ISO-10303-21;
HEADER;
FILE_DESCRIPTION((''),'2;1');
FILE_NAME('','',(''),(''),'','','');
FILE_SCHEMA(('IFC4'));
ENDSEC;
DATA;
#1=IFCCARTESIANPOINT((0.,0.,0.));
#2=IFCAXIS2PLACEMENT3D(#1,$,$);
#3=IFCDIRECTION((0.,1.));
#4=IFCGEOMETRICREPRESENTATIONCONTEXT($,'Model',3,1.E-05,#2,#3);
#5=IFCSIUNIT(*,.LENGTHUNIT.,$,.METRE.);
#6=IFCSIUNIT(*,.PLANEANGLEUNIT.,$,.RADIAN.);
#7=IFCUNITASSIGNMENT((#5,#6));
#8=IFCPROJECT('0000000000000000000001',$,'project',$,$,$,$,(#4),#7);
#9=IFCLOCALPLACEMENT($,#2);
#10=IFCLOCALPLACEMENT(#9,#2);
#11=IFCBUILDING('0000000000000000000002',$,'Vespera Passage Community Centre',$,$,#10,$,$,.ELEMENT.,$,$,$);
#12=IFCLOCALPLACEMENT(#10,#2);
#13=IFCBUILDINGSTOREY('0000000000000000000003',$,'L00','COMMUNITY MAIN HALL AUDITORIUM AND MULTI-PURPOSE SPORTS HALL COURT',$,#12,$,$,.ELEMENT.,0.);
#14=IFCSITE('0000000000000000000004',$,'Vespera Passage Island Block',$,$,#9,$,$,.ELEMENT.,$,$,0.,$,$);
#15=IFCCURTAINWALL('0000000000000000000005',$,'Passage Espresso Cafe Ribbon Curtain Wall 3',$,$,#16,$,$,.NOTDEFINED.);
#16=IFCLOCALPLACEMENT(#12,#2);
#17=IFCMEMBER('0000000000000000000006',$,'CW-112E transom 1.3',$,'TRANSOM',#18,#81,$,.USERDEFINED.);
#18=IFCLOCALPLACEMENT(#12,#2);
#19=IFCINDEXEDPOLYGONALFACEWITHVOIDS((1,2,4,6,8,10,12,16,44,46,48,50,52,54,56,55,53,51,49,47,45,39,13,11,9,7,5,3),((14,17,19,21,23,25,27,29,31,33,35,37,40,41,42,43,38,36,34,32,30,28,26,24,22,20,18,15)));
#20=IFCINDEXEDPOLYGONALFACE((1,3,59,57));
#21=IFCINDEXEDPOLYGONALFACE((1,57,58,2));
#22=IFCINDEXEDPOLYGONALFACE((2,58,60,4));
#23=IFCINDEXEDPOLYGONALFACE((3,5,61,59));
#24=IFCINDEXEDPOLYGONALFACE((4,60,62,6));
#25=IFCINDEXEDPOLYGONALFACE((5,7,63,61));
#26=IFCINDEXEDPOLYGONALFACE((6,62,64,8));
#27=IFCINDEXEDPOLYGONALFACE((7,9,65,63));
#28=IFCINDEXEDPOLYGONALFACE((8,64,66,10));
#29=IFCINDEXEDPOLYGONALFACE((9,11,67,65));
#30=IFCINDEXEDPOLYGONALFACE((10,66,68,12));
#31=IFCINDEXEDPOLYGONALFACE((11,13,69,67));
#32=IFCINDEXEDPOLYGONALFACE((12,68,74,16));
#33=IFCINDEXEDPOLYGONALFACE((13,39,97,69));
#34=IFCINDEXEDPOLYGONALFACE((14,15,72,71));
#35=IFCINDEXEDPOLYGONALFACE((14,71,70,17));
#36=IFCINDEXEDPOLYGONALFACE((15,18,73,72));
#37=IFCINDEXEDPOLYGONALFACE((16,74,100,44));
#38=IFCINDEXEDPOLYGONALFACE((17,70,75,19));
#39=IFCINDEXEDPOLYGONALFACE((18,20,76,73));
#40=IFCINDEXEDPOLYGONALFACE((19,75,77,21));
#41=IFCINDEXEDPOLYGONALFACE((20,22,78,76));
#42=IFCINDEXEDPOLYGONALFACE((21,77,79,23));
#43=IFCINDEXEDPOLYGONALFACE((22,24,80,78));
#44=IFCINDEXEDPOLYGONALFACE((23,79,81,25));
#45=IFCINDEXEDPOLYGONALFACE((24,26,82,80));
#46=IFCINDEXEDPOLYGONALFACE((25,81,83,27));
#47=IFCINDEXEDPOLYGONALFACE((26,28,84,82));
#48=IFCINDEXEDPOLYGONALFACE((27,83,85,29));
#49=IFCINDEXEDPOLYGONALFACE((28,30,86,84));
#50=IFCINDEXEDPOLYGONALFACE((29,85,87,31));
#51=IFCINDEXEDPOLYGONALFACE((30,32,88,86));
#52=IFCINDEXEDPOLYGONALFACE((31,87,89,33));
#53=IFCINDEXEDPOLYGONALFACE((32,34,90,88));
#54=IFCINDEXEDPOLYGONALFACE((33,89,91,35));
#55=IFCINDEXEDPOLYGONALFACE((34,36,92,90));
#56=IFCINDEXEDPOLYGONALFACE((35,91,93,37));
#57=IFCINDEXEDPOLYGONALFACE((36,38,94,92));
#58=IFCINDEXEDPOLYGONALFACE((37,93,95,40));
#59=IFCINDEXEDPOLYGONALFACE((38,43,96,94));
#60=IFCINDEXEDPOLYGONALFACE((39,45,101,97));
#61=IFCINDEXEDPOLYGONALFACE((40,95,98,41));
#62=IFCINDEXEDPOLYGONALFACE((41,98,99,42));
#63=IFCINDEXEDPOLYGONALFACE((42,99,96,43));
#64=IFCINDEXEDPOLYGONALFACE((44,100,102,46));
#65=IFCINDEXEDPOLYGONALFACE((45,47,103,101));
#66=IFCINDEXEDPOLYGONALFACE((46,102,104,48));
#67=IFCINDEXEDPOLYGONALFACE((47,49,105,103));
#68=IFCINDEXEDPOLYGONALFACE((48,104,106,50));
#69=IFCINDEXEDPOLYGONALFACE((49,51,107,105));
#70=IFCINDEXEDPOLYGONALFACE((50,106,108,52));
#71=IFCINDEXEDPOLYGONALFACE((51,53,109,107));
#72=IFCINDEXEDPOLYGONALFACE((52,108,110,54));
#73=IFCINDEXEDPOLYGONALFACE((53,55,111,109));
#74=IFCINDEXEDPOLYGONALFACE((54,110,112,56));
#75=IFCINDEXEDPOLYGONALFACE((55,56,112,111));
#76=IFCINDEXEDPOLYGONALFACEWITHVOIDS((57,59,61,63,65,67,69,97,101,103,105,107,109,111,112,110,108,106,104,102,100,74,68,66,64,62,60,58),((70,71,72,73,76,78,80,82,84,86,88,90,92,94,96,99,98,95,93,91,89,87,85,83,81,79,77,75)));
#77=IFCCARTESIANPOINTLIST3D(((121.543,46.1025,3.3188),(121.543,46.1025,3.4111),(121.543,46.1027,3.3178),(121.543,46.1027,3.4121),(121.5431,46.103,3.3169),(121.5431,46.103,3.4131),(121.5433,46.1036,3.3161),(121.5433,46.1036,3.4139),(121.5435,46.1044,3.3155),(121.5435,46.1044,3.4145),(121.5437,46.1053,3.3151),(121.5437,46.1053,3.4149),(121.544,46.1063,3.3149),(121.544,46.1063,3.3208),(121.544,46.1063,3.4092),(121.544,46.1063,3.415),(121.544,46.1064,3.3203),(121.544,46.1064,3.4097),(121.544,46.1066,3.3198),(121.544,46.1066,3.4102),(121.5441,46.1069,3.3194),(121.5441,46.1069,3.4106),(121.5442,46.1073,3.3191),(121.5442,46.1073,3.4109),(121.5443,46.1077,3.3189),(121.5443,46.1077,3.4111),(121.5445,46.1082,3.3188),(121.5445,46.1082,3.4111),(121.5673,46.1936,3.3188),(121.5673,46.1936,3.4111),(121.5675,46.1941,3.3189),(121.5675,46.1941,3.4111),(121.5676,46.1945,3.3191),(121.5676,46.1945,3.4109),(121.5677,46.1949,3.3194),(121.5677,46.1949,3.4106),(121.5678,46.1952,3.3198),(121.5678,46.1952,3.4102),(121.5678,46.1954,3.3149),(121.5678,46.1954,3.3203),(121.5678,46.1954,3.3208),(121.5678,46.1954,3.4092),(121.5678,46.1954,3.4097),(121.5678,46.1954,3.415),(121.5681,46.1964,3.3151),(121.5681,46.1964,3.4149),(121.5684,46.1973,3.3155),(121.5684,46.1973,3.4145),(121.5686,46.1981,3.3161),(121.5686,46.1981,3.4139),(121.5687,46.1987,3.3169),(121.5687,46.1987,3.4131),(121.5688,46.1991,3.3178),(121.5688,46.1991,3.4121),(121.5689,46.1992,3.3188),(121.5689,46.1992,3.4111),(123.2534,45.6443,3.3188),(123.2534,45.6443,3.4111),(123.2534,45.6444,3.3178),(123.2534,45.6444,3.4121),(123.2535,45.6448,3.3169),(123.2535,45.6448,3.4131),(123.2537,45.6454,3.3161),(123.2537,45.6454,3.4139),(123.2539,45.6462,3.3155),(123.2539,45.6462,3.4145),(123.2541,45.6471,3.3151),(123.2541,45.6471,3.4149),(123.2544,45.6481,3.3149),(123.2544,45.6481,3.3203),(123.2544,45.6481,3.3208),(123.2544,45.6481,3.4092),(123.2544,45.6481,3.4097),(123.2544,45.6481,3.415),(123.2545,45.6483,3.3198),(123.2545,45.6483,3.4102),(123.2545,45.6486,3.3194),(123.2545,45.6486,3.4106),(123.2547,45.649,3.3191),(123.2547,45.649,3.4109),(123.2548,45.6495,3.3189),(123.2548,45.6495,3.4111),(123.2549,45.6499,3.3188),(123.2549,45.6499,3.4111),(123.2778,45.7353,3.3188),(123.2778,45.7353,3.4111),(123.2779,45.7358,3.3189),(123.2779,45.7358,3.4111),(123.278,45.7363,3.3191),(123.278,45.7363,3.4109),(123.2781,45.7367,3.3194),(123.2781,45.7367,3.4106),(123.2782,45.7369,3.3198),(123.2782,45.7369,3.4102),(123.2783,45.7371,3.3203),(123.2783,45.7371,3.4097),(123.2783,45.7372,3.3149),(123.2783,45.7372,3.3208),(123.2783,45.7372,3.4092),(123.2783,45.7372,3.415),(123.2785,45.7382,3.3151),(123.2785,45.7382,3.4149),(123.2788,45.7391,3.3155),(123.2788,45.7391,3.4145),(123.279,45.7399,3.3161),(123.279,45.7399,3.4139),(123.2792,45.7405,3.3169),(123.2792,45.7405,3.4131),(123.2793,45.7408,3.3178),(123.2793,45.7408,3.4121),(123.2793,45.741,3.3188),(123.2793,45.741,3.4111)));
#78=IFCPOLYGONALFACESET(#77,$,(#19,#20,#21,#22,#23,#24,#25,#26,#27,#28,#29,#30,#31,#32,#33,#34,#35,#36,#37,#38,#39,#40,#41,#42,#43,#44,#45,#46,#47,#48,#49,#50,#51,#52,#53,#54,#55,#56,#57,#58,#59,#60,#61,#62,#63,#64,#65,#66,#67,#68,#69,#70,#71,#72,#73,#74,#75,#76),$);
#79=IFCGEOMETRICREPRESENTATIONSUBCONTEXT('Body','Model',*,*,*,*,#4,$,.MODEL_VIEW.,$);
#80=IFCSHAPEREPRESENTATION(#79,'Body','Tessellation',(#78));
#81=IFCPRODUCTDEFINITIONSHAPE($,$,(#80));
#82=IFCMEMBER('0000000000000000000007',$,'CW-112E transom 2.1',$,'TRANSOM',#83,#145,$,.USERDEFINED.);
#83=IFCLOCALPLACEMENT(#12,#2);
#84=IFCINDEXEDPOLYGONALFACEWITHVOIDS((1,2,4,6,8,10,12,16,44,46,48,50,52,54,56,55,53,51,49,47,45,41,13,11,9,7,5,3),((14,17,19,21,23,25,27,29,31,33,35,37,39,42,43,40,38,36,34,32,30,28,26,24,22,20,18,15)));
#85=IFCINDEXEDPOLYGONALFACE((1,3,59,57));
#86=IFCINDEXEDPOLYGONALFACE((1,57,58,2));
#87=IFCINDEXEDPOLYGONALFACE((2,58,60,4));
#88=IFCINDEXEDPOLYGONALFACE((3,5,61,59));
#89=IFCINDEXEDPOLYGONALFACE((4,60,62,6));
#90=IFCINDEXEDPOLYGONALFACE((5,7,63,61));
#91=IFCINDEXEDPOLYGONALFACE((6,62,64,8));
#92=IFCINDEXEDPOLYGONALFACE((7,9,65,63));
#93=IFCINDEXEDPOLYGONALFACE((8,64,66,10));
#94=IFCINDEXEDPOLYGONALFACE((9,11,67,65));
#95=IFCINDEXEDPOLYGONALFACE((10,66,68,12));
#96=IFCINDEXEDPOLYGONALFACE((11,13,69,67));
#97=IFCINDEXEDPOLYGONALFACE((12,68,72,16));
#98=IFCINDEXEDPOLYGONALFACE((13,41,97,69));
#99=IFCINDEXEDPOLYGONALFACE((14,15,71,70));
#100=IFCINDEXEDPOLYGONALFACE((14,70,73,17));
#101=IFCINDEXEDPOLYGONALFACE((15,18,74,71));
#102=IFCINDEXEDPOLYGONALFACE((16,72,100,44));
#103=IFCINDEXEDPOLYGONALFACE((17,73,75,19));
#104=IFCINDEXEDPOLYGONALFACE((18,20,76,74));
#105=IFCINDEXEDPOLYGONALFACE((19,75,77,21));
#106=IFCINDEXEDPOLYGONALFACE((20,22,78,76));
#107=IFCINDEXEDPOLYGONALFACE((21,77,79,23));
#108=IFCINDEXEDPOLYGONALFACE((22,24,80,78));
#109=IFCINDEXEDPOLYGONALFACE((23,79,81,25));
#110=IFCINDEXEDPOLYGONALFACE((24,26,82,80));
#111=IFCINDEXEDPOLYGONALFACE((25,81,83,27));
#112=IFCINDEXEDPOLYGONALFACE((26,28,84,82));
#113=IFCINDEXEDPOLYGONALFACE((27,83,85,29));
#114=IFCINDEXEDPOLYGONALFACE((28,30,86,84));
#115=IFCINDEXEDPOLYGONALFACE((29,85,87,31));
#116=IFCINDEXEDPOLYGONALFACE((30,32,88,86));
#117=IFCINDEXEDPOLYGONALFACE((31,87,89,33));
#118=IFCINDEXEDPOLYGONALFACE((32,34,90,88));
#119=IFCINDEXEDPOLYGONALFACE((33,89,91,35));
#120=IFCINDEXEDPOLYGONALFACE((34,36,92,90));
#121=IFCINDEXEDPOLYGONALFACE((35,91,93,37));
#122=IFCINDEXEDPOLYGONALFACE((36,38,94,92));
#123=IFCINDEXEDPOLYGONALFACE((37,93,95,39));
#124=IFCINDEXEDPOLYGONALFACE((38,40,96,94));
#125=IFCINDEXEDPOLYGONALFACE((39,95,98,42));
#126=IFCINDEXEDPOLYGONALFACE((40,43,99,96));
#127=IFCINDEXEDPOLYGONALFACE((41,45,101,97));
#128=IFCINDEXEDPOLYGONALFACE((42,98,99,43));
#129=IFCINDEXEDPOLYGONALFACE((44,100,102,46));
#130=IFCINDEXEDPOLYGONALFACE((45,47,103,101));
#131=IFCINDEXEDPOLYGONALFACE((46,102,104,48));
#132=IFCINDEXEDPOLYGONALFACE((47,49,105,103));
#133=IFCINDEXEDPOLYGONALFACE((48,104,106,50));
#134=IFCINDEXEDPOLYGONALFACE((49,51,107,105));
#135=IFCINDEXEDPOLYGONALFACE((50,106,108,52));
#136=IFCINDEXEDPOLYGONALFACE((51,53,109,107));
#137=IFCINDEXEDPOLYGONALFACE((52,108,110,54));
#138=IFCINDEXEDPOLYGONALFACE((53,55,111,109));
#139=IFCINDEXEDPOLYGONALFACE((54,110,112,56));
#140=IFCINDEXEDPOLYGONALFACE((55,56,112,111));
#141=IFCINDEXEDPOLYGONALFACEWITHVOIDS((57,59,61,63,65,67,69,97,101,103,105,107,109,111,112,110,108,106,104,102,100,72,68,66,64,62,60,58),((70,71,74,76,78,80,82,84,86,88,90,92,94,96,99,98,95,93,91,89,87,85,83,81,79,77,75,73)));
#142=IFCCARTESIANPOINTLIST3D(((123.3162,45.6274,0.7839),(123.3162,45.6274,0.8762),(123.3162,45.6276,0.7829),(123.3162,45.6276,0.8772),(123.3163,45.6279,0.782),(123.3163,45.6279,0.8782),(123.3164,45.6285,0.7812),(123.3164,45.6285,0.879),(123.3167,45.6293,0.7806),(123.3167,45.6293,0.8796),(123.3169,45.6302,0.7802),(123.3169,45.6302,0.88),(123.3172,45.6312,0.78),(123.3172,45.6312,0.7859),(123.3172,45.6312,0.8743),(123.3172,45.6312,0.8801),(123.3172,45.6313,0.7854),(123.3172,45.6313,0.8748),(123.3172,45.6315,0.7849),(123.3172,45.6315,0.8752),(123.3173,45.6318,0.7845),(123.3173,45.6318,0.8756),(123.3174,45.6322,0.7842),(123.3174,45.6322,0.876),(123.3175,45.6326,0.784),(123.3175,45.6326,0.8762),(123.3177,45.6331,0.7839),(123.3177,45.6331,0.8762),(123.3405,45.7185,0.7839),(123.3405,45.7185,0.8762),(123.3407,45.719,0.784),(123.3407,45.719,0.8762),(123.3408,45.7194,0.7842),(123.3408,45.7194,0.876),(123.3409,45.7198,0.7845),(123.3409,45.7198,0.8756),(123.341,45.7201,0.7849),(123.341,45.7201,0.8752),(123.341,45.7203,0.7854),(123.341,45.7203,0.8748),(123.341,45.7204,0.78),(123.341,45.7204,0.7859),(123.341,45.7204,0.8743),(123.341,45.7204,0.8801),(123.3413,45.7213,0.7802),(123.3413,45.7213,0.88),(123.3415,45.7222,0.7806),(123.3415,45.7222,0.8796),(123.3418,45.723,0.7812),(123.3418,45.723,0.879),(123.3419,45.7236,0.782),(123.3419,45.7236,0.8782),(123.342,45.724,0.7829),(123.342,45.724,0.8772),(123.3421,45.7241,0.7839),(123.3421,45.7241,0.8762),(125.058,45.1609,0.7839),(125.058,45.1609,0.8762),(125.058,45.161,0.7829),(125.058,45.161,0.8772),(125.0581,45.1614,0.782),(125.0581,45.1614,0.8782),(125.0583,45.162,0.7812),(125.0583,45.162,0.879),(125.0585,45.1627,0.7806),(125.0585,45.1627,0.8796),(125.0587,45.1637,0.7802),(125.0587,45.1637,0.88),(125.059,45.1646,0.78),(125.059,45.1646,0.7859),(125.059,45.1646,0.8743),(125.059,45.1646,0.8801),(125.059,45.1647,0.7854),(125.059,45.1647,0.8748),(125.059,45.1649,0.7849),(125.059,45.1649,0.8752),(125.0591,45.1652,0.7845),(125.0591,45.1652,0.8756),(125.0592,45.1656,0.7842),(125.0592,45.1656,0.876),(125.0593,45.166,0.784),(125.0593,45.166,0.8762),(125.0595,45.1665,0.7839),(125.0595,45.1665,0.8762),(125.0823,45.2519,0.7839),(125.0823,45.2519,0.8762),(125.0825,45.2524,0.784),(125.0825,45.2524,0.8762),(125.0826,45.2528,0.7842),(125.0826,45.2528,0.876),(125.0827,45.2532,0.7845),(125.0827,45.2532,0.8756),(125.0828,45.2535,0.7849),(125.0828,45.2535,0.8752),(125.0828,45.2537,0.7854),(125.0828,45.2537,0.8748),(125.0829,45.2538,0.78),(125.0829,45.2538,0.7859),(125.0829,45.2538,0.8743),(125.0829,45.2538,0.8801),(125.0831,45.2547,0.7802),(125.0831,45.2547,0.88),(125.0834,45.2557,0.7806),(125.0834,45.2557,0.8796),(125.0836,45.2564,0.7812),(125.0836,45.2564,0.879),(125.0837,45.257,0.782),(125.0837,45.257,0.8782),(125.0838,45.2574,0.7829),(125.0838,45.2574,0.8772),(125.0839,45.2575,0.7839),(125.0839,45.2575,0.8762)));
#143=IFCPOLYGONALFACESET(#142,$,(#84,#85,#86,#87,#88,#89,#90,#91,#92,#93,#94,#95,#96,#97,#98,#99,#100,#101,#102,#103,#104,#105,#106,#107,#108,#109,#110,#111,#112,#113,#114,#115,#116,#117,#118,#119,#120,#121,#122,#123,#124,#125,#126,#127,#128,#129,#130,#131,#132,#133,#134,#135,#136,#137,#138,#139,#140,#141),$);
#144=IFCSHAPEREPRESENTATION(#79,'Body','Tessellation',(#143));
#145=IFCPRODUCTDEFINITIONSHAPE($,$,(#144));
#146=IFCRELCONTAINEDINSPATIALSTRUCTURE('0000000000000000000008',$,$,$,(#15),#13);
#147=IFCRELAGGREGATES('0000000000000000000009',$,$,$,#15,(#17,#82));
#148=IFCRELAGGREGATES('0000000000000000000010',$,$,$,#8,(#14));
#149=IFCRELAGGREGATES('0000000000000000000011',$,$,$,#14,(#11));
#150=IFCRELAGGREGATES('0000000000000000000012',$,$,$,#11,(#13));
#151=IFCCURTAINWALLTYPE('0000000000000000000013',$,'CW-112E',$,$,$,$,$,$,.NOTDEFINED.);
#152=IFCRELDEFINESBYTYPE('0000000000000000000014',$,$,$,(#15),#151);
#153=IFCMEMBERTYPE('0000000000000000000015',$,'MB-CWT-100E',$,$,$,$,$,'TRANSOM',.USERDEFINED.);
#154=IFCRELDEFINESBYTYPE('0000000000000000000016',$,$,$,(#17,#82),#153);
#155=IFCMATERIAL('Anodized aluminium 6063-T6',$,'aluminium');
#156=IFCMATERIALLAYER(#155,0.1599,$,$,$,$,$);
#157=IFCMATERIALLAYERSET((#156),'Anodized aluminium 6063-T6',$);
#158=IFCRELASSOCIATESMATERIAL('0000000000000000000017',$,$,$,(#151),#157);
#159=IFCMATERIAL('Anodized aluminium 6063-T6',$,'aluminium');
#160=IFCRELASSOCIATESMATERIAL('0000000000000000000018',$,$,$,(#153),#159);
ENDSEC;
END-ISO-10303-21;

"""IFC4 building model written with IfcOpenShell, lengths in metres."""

from ifc_helpers import new_model, si_unit, direction, frame, origin, origin_2d, place, context, subcontext, project, spatial, hollow_rectangle, extrude, material, layer, layer_set, material_profile, profile_set, type_object, element, aggregate, save


model = new_model("IFC4")

# Units and contexts
model_context = context("Model", 3, precision=1e-05, world=origin(), true_north=direction((0.0, 1.0)))
body_context = subcontext(model_context, "Body", "Model", "MODEL_VIEW")
ifc_project = project(units=[si_unit("LENGTHUNIT", "METRE"), si_unit("PLANEANGLEUNIT", "RADIAN")], contexts=[model_context])

# Site, building, storey
site_placement = place(None, origin())
site = spatial("IfcSite", under=ifc_project, at=site_placement, Name="Vespera Passage Island Block", CompositionType="ELEMENT", RefElevation=0.0)
building_placement = place(site_placement, origin())
building = spatial("IfcBuilding", under=site, at=building_placement, Name="Vespera Passage Community Centre", CompositionType="ELEMENT")
storey_placement = place(building_placement, origin())
storey = spatial("IfcBuildingStorey", under=building, at=storey_placement, Name="L00", Description="COMMUNITY MAIN HALL AUDITORIUM AND MULTI-PURPOSE SPORTS HALL COURT", CompositionType="ELEMENT", Elevation=0.0)

# Curtain wall
ifc_material_1 = material(Name="Anodized aluminium 6063-T6", Category="aluminium")
ifc_layer_1 = layer(ifc_material_1, 0.1599)
ifc_layer_set_1 = layer_set([ifc_layer_1], Name="Anodized aluminium 6063-T6")
curtain_wall_type = type_object("IfcCurtainWallType", Name="CW-112E", PredefinedType="NOTDEFINED", material=ifc_layer_set_1)
curtain_wall_1_placement = place(storey_placement, origin())
curtain_wall_1 = element("IfcCurtainWall", 1, at=curtain_wall_1_placement, inside=storey, type_object=curtain_wall_type, Name="Passage Espresso Cafe Ribbon Curtain Wall 3", PredefinedType="NOTDEFINED")

# Members
ifc_material_2 = material(Name="Anodized aluminium 6063-T6", Category="aluminium")
ifc_material_profile_1 = material_profile(ifc_material_2, hollow_rectangle(XDim=0.1001, YDim=0.1001, WallThickness=0.0039, InnerFilletRadius=0.002, OuterFilletRadius=0.0039, at=origin_2d()), Name="ALU100X100X4")
ifc_profile_set_1 = profile_set([ifc_material_profile_1], Name="Anodized aluminium 6063-T6")
member_type_1 = type_object("IfcMemberType", Name="MB-CWT-100E", ElementType="TRANSOM", PredefinedType="USERDEFINED", material=ifc_profile_set_1)
member_1_placement = place(storey_placement, frame((121.5559, 46.1509, 3.365), z_axis=(0.965935, -0.258787, 0.0), x_axis=(0.258787, 0.965935, 0.0)))
member_1 = element("IfcMember", 2, at=member_1_placement, type_object=member_type_1, Name="CW-112E transom 1.3", ObjectType="TRANSOM", PredefinedType="USERDEFINED", context=body_context, shape_type="SweptSolid", body=[
    extrude(hollow_rectangle(XDim=0.1001, YDim=0.1001, WallThickness=0.0039, InnerFilletRadius=0.002, OuterFilletRadius=0.0039, at=origin_2d()), origin(), (0.0, 0.0, 1.0), 1.7708),
])
member_2_placement = place(storey_placement, frame((123.3291, 45.6758, 0.8301), z_axis=(0.965944, -0.25875, 0.0), x_axis=(0.25875, 0.965944, 0.0)))
member_2 = element("IfcMember", 3, at=member_2_placement, type_object=member_type_1, Name="CW-112E transom 2.1", ObjectType="TRANSOM", PredefinedType="USERDEFINED", context=body_context, shape_type="SweptSolid", body=[
    extrude(hollow_rectangle(XDim=0.1001, YDim=0.1001, WallThickness=0.0039, InnerFilletRadius=0.002, OuterFilletRadius=0.0039, at=origin_2d()), origin(), (0.0, 0.0, 1.0), 1.8032),
])

aggregate(curtain_wall_1, [member_1, member_2])

save(model, "model.ifc")
